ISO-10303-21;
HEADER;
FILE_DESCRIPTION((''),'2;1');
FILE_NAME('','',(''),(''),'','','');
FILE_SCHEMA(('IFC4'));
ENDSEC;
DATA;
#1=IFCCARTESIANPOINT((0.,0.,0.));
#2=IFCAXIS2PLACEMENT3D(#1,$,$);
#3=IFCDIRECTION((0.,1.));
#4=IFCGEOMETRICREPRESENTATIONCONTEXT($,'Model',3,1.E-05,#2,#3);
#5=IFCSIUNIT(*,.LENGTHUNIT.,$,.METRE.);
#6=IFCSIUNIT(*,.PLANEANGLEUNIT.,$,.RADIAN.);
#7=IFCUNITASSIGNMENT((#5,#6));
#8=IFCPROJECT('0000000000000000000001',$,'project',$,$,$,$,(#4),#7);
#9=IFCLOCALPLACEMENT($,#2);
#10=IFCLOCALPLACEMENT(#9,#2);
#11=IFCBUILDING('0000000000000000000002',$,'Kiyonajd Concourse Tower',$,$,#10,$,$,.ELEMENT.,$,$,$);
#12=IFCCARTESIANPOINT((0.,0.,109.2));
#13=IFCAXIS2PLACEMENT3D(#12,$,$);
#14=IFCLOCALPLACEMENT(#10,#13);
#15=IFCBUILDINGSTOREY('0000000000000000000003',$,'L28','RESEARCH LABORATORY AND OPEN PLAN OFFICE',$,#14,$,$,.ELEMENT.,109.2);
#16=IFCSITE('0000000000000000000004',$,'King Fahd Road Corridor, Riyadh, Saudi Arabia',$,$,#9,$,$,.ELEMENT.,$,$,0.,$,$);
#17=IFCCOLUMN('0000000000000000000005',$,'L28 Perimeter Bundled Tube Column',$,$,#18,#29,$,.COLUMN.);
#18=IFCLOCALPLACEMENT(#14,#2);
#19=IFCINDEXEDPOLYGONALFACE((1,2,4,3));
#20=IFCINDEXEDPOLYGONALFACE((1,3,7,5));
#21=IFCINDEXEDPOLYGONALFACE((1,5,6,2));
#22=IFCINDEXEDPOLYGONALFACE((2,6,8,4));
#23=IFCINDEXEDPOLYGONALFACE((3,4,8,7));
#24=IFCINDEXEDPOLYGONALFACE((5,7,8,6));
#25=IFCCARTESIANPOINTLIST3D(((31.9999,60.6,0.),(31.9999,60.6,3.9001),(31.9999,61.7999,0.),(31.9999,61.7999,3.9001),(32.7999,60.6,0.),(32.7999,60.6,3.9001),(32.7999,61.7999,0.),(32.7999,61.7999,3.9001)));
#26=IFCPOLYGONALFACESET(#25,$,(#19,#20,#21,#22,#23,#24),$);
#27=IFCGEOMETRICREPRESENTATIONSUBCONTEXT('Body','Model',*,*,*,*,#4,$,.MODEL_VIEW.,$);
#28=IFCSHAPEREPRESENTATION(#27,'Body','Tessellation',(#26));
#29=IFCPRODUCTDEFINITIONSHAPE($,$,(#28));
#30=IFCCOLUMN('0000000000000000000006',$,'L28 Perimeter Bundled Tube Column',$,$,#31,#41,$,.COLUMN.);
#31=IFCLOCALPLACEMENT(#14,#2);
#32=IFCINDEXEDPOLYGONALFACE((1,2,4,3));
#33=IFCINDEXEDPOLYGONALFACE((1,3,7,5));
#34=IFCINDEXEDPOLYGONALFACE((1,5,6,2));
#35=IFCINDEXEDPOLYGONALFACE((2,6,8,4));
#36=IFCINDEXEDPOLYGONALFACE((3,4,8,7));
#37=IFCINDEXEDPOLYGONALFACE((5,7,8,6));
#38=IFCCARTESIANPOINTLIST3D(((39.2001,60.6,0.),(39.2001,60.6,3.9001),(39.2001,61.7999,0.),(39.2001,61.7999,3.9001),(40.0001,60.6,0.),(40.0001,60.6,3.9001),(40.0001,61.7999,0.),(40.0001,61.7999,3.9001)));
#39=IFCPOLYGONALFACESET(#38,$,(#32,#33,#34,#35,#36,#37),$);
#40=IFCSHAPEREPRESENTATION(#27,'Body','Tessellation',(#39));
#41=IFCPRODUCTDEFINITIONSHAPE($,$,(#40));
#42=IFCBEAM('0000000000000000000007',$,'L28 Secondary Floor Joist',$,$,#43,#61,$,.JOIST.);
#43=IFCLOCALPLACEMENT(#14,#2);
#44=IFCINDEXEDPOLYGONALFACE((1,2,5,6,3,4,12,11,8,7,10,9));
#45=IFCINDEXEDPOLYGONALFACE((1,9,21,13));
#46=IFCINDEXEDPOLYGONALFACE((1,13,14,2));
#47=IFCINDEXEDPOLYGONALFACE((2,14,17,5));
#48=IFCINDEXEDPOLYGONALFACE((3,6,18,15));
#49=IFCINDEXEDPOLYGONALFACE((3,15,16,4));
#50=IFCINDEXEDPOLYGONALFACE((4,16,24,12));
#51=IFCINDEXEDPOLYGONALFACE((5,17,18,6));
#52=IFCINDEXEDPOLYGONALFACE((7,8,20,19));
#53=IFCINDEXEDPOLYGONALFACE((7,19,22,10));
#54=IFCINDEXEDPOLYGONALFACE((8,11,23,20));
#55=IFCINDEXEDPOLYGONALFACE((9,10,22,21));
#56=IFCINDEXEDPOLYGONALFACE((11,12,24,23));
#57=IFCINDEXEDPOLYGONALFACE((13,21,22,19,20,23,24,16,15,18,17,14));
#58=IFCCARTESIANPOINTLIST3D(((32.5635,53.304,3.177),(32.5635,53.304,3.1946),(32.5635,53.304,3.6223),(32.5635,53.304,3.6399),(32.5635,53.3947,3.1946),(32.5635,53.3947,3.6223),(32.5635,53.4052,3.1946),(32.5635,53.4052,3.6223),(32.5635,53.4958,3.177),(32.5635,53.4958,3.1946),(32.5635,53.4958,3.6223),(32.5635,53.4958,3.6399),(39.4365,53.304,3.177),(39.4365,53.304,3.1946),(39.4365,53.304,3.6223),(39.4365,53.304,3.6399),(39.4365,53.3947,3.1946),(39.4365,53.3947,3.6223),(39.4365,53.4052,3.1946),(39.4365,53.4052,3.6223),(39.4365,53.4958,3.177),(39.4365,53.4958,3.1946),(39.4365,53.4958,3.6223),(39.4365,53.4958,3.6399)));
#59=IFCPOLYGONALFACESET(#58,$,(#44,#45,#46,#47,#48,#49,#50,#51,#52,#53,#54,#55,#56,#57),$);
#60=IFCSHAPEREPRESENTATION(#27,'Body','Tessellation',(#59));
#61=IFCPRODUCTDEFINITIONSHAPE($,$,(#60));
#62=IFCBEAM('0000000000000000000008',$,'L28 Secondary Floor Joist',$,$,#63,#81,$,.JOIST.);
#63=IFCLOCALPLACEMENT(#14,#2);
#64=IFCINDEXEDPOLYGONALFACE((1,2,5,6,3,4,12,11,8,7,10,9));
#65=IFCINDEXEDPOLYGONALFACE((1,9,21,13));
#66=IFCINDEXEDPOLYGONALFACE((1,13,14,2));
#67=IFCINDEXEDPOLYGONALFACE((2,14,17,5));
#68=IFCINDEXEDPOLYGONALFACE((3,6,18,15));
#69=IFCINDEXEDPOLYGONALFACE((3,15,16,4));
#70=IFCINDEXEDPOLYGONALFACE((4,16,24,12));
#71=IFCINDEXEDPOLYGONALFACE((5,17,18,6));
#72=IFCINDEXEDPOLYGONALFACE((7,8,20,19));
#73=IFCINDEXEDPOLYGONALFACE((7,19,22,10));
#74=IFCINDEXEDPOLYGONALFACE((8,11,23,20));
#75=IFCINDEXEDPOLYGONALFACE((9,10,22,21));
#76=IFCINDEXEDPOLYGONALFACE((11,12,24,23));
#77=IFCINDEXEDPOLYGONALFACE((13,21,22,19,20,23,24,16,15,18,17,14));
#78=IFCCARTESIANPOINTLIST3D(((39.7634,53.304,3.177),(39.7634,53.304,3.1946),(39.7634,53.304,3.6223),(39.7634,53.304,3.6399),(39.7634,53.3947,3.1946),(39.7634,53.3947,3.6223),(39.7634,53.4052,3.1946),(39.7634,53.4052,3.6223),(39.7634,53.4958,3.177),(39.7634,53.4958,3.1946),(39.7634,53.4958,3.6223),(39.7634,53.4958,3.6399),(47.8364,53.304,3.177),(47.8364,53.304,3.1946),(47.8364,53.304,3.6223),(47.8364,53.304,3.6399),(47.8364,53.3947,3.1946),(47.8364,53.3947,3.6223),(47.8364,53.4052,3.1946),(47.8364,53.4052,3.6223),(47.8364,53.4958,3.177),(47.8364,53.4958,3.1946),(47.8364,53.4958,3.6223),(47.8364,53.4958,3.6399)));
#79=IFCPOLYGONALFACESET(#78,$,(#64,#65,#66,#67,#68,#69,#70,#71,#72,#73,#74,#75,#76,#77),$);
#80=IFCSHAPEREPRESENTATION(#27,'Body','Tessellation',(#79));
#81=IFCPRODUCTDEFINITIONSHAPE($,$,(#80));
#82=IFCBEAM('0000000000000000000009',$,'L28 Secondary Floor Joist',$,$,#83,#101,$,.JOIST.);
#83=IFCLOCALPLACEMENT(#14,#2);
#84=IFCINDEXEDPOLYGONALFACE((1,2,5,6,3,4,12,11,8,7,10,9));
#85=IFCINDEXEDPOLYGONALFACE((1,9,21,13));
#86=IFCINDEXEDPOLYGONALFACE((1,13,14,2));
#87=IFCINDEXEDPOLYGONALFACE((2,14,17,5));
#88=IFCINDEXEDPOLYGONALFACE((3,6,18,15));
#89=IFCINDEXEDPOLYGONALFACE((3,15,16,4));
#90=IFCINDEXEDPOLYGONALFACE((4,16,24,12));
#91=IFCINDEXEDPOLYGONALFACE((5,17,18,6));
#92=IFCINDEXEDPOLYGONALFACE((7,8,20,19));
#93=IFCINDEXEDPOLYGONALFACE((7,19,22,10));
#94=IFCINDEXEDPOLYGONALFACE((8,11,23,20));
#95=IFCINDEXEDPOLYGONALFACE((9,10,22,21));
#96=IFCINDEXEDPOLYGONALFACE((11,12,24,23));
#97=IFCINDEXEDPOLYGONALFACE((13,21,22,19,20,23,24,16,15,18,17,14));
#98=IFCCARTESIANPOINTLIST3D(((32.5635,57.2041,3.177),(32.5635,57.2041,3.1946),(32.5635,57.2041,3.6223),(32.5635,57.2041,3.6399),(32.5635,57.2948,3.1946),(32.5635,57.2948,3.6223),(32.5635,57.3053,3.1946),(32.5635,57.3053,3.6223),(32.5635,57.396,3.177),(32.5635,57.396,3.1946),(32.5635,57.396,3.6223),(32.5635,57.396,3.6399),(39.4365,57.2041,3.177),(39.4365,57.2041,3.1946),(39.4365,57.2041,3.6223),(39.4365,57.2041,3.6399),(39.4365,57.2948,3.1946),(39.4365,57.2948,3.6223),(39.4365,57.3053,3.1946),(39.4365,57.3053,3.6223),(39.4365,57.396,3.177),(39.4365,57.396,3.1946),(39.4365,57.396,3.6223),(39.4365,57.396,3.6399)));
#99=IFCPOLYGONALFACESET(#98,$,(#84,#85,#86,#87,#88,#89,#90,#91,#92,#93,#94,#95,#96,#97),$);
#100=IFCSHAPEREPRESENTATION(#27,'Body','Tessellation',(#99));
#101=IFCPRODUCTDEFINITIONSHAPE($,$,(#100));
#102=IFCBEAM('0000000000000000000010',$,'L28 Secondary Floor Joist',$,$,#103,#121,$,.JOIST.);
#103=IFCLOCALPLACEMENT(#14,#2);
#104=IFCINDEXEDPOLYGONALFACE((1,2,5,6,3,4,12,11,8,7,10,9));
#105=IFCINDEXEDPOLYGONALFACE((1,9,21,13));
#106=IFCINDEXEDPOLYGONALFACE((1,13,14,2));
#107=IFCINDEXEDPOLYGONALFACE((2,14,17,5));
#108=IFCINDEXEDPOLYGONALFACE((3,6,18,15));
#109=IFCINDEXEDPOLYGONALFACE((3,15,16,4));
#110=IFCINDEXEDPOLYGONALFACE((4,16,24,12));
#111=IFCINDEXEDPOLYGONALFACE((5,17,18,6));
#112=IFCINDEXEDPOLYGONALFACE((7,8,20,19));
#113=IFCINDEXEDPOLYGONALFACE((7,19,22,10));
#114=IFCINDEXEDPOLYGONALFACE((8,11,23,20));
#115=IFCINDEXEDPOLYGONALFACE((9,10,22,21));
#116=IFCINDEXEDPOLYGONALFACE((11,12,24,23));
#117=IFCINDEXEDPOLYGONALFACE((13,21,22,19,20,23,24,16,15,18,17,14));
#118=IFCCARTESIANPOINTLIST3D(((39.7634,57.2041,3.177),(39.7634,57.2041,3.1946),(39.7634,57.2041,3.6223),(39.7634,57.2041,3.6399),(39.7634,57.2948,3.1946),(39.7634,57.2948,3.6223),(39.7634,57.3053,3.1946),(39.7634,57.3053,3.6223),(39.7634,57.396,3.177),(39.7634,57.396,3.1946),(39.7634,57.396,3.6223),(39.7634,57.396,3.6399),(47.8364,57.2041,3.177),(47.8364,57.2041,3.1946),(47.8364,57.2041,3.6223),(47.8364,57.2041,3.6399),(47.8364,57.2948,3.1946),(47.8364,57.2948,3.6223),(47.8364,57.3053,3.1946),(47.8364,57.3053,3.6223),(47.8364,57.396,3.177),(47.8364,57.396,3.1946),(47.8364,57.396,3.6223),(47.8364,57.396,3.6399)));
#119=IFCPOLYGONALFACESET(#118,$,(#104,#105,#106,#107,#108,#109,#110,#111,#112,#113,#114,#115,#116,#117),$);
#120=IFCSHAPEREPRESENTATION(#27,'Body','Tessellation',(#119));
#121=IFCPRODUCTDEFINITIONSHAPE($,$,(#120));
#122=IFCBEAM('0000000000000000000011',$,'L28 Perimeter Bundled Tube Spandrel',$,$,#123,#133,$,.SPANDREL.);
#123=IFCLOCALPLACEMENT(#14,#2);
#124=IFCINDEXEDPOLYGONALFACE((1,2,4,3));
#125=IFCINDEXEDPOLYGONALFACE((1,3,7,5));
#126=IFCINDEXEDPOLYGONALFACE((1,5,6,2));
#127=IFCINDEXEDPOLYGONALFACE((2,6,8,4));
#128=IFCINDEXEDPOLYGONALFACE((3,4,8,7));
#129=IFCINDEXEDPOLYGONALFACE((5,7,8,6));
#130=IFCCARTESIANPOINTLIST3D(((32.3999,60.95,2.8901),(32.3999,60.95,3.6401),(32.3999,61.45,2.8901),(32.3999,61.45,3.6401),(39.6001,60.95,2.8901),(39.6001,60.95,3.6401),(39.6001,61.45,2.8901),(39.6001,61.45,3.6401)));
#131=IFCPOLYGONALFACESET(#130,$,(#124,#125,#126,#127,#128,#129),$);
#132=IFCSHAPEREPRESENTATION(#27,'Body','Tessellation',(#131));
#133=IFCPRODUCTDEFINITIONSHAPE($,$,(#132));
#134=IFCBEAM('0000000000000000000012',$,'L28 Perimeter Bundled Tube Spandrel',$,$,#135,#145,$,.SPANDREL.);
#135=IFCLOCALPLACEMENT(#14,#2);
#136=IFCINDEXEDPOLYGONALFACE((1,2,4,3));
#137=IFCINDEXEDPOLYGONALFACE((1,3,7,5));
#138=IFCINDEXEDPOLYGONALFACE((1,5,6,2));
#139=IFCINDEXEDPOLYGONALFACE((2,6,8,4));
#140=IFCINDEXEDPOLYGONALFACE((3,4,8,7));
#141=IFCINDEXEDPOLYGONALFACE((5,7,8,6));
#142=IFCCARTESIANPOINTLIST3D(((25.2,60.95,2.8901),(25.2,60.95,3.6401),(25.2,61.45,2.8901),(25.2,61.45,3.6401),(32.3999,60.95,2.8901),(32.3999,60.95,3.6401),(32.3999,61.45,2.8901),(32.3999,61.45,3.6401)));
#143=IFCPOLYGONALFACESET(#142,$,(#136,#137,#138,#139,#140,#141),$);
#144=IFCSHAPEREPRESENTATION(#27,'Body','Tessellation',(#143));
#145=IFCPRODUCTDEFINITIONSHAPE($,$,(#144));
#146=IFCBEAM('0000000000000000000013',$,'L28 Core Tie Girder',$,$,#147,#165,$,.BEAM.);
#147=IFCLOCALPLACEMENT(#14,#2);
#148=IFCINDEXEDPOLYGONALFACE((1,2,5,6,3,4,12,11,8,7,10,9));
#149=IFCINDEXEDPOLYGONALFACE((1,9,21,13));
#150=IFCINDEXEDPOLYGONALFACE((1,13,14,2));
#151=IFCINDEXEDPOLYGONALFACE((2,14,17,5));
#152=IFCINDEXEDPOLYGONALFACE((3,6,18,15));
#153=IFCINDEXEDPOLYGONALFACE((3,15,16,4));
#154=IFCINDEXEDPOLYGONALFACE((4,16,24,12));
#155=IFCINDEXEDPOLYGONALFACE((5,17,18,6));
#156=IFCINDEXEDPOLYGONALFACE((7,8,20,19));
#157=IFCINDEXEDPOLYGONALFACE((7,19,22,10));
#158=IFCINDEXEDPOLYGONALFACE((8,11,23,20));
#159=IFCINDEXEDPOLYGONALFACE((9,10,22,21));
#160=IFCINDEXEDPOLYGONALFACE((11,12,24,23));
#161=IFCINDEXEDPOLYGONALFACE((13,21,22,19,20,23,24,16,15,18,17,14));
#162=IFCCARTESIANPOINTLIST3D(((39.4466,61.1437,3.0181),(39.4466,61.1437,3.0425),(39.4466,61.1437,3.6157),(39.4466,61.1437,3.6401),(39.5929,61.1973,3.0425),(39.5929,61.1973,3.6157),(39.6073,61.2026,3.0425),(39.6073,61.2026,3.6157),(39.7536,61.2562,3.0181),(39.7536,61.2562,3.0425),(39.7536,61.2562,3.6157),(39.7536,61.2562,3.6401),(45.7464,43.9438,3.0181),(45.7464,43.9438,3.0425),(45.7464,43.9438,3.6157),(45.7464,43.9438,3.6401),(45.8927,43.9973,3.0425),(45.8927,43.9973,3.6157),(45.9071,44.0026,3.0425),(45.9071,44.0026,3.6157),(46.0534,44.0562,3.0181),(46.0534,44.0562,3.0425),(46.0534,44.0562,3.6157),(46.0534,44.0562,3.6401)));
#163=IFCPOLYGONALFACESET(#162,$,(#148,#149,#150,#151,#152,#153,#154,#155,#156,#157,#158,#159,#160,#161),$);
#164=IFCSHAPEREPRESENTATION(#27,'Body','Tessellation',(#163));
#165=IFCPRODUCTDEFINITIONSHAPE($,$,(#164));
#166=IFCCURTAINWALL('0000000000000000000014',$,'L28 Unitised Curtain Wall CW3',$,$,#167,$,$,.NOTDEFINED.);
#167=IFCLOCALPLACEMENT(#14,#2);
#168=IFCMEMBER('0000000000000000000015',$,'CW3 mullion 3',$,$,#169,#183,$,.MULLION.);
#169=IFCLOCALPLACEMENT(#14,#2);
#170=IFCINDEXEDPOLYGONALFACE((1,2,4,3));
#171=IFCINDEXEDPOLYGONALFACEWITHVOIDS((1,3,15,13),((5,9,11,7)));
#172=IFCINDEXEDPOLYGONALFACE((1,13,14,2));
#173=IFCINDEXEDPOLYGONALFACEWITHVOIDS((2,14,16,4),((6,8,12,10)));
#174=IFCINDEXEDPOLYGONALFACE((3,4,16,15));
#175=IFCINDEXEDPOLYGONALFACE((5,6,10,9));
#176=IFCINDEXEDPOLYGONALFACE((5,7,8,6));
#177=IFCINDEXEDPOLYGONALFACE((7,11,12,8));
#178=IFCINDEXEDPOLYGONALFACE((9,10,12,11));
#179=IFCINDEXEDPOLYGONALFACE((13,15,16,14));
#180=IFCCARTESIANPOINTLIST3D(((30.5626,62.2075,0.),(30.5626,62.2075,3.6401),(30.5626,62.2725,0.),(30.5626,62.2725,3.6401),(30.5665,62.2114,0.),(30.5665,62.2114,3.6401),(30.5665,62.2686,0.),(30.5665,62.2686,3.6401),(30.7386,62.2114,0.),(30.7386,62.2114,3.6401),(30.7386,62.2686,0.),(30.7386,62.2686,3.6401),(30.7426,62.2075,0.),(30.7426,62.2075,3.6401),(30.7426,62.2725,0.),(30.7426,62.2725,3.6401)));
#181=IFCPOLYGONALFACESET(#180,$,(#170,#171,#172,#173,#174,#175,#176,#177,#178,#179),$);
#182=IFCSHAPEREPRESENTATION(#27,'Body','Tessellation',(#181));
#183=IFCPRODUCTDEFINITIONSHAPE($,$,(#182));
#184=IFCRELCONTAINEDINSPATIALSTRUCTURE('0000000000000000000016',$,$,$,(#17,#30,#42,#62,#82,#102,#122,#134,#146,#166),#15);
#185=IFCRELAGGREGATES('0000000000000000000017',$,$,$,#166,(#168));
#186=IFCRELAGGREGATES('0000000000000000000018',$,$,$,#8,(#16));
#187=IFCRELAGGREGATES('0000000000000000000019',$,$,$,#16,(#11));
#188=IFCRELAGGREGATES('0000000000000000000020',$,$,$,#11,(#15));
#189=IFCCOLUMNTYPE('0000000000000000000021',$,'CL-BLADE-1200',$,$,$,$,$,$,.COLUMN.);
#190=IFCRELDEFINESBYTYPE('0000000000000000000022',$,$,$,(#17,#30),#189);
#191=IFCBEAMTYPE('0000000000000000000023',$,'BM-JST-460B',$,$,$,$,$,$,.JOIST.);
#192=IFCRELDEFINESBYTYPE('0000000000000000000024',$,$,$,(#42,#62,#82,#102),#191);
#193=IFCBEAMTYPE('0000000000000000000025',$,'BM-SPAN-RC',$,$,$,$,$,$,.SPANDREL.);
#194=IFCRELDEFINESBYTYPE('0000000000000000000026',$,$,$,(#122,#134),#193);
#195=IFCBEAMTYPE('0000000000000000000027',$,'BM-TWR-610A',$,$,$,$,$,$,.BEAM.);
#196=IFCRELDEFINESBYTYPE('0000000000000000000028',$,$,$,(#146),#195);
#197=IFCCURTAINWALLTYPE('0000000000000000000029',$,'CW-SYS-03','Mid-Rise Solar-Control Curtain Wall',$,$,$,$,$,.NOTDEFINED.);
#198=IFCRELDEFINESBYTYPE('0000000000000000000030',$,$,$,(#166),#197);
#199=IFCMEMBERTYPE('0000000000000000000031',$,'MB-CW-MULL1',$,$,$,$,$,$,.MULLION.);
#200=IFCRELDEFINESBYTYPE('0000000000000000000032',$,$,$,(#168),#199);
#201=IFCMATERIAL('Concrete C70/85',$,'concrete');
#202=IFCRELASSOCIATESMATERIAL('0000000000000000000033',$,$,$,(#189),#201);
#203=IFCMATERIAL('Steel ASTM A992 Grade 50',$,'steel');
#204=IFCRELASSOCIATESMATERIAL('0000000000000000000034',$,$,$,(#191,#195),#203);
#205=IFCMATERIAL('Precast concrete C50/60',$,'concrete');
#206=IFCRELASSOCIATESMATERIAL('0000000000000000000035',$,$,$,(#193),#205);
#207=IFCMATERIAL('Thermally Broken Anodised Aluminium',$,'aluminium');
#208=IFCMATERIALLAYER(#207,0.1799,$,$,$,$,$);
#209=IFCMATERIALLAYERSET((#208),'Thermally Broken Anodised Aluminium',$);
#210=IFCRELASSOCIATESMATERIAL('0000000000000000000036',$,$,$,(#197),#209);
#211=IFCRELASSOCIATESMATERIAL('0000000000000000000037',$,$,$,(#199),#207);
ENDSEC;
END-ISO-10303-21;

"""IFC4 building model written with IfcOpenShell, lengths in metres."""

from ifc_helpers import new_model, si_unit, direction, frame, origin, origin_2d, place, context, subcontext, project, spatial, rectangle, hollow_rectangle, i_section, extrude, material, layer, layer_set, material_profile, profile_set, type_object, element, aggregate, save


model = new_model("IFC4")

# Units and contexts
model_context = context("Model", 3, precision=1e-05, world=origin(), true_north=direction((0.0, 1.0)))
body_context = subcontext(model_context, "Body", "Model", "MODEL_VIEW")
ifc_project = project(units=[si_unit("LENGTHUNIT", "METRE"), si_unit("PLANEANGLEUNIT", "RADIAN")], contexts=[model_context])

# Site, building, storey
site_placement = place(None, origin())
site = spatial("IfcSite", under=ifc_project, at=site_placement, Name="King Fahd Road Corridor, Riyadh, Saudi Arabia", CompositionType="ELEMENT", RefElevation=0.0)
building_placement = place(site_placement, origin())
building = spatial("IfcBuilding", under=site, at=building_placement, Name="Kiyonajd Concourse Tower", CompositionType="ELEMENT")
storey_placement = place(building_placement, frame((0.0, 0.0, 109.2)))
storey = spatial("IfcBuildingStorey", under=building, at=storey_placement, Name="L28", Description="RESEARCH LABORATORY AND OPEN PLAN OFFICE", CompositionType="ELEMENT", Elevation=109.2)

# Columns
ifc_material_1 = material(Name="Concrete C70/85", Category="concrete")
ifc_material_profile_1 = material_profile(ifc_material_1, rectangle(XDim=0.8, YDim=1.2, at=origin_2d()), Name="RC-1200x800")
ifc_profile_set_1 = profile_set([ifc_material_profile_1], Name="Concrete C70/85")
column_type = type_object("IfcColumnType", Name="CL-BLADE-1200", PredefinedType="COLUMN", material=ifc_profile_set_1)
for number, where, z_axis, x_axis, name in (
    (1, (32.3999, 61.2, 0.0), (0.0, 0.0, 1.0), (1.0, 0.0, 0.0), "L28 Perimeter Bundled Tube Column"),
    (2, (39.6001, 61.2, 0.0), (0.0, 0.0, 1.0), (1.0, 0.0, 0.0), "L28 Perimeter Bundled Tube Column"),
):
    element("IfcColumn", number, at=place(storey_placement, frame(where, z_axis=z_axis, x_axis=x_axis)), inside=storey, type_object=column_type, Name=name, PredefinedType="COLUMN", context=body_context, shape_type="SweptSolid", body=[
        extrude(rectangle(XDim=0.8, YDim=1.2, at=origin_2d()), origin(), (0.0, 0.0, 1.0), 3.9001),
    ])

# Beams
ifc_material_2 = material(Name="Steel ASTM A992 Grade 50", Category="steel")
ifc_material_profile_2 = material_profile(ifc_material_2, i_section(OverallWidth=0.1919, OverallDepth=0.4629, WebThickness=0.0105, FlangeThickness=0.0176, at=origin_2d()), Name="W460X89")
ifc_profile_set_2 = profile_set([ifc_material_profile_2], Name="Steel ASTM A992 Grade 50")
beam_type_1 = type_object("IfcBeamType", Name="BM-JST-460B", PredefinedType="JOIST", material=ifc_profile_set_2)
beam_1_placement = place(storey_placement, frame((32.5635, 53.3999, 3.4084), z_axis=(1.0, 0.0, 0.0), x_axis=(0.0, 1.0, 0.0)))
element("IfcBeam", 3, at=beam_1_placement, inside=storey, type_object=beam_type_1, Name="L28 Secondary Floor Joist", PredefinedType="JOIST", context=body_context, shape_type="SweptSolid", body=[
    extrude(i_section(OverallWidth=0.1919, OverallDepth=0.4629, WebThickness=0.0105, FlangeThickness=0.0176, at=origin_2d()), origin(), (0.0, 0.0, 1.0), 6.873),
])
beam_2_placement = place(storey_placement, frame((39.7634, 53.3999, 3.4084), z_axis=(1.0, 0.0, 0.0), x_axis=(0.0, 1.0, 0.0)))
element("IfcBeam", 4, at=beam_2_placement, inside=storey, type_object=beam_type_1, Name="L28 Secondary Floor Joist", PredefinedType="JOIST", context=body_context, shape_type="SweptSolid", body=[
    extrude(i_section(OverallWidth=0.1919, OverallDepth=0.4629, WebThickness=0.0105, FlangeThickness=0.0176, at=origin_2d()), origin(), (0.0, 0.0, 1.0), 8.073),
])
beam_3_placement = place(storey_placement, frame((32.5635, 57.3, 3.4084), z_axis=(1.0, 0.0, 0.0), x_axis=(0.0, 1.0, 0.0)))
element("IfcBeam", 5, at=beam_3_placement, inside=storey, type_object=beam_type_1, Name="L28 Secondary Floor Joist", PredefinedType="JOIST", context=body_context, shape_type="SweptSolid", body=[
    extrude(i_section(OverallWidth=0.1919, OverallDepth=0.4629, WebThickness=0.0105, FlangeThickness=0.0176, at=origin_2d()), origin(), (0.0, 0.0, 1.0), 6.873),
])
beam_4_placement = place(storey_placement, frame((39.7634, 57.3, 3.4084), z_axis=(1.0, 0.0, 0.0), x_axis=(0.0, 1.0, 0.0)))
element("IfcBeam", 6, at=beam_4_placement, inside=storey, type_object=beam_type_1, Name="L28 Secondary Floor Joist", PredefinedType="JOIST", context=body_context, shape_type="SweptSolid", body=[
    extrude(i_section(OverallWidth=0.1919, OverallDepth=0.4629, WebThickness=0.0105, FlangeThickness=0.0176, at=origin_2d()), origin(), (0.0, 0.0, 1.0), 8.073),
])
ifc_material_3 = material(Name="Precast concrete C50/60", Category="concrete")
ifc_material_profile_3 = material_profile(ifc_material_3, rectangle(XDim=0.5, YDim=0.75, at=origin_2d()), Name="RCBM-500x750")
ifc_profile_set_3 = profile_set([ifc_material_profile_3], Name="Precast concrete C50/60")
beam_type_2 = type_object("IfcBeamType", Name="BM-SPAN-RC", PredefinedType="SPANDREL", material=ifc_profile_set_3)
beam_5_placement = place(storey_placement, frame((39.6001, 61.2, 3.2651), z_axis=(-1.0, 0.0, 0.0), x_axis=(0.0, -1.0, 0.0)))
element("IfcBeam", 7, at=beam_5_placement, inside=storey, type_object=beam_type_2, Name="L28 Perimeter Bundled Tube Spandrel", PredefinedType="SPANDREL", context=body_context, shape_type="SweptSolid", body=[
    extrude(rectangle(XDim=0.5, YDim=0.75, at=origin_2d()), origin(), (0.0, 0.0, 1.0), 7.2002),
])
beam_6_placement = place(storey_placement, frame((32.3999, 61.2, 3.2651), z_axis=(-1.0, 0.0, 0.0), x_axis=(0.0, -1.0, 0.0)))
element("IfcBeam", 8, at=beam_6_placement, inside=storey, type_object=beam_type_2, Name="L28 Perimeter Bundled Tube Spandrel", PredefinedType="SPANDREL", context=body_context, shape_type="SweptSolid", body=[
    extrude(rectangle(XDim=0.5, YDim=0.75, at=origin_2d()), origin(), (0.0, 0.0, 1.0), 7.2),
])
ifc_material_profile_4 = material_profile(ifc_material_2, i_section(OverallWidth=0.3269, OverallDepth=0.6221, WebThickness=0.0154, FlangeThickness=0.0244, at=origin_2d()), Name="W610X195")
ifc_profile_set_4 = profile_set([ifc_material_profile_4], Name="Steel ASTM A992 Grade 50")
beam_type_3 = type_object("IfcBeamType", Name="BM-TWR-610A", PredefinedType="BEAM", material=ifc_profile_set_4)
beam_7_placement = place(storey_placement, frame((39.6001, 61.2, 3.3291), z_axis=(0.343925, -0.938997, 0.0), x_axis=(0.938997, 0.343925, 0.0)))
element("IfcBeam", 9, at=beam_7_placement, inside=storey, type_object=beam_type_3, Name="L28 Core Tie Girder", PredefinedType="BEAM", context=body_context, shape_type="SweptSolid", body=[
    extrude(i_section(OverallWidth=0.3269, OverallDepth=0.6221, WebThickness=0.0154, FlangeThickness=0.0244, at=origin_2d()), origin(), (0.0, 0.0, 1.0), 18.3174),
])

# Curtain wall, member
ifc_material_4 = material(Name="Thermally Broken Anodised Aluminium", Category="aluminium")
ifc_layer_1 = layer(ifc_material_4, 0.1799)
ifc_layer_set_1 = layer_set([ifc_layer_1], Name="Thermally Broken Anodised Aluminium")
curtain_wall_type = type_object("IfcCurtainWallType", Name="CW-SYS-03", Description="Mid-Rise Solar-Control Curtain Wall", PredefinedType="NOTDEFINED", material=ifc_layer_set_1)
curtain_wall_placement = place(storey_placement, origin())
curtain_wall = element("IfcCurtainWall", 10, at=curtain_wall_placement, inside=storey, type_object=curtain_wall_type, Name="L28 Unitised Curtain Wall CW3", PredefinedType="NOTDEFINED")
ifc_material_profile_5 = material_profile(ifc_material_4, hollow_rectangle(XDim=0.0649, YDim=0.1799, WallThickness=0.0039, at=origin_2d()), Name="MULL-65x180")
ifc_profile_set_5 = profile_set([ifc_material_profile_5], Name="Thermally Broken Anodised Aluminium")
member_type_1 = type_object("IfcMemberType", Name="MB-CW-MULL1", PredefinedType="MULLION", material=ifc_profile_set_5)
member_1_placement = place(storey_placement, frame((30.6526, 62.24, 0.0), z_axis=(0.0, 0.0, 1.0), x_axis=(0.0, 1.0, 0.0)))
member_1 = element("IfcMember", 11, at=member_1_placement, type_object=member_type_1, Name="CW3 mullion 3", PredefinedType="MULLION", context=body_context, shape_type="SweptSolid", body=[
    extrude(hollow_rectangle(XDim=0.0649, YDim=0.1799, WallThickness=0.0039, at=origin_2d()), origin(), (0.0, 0.0, 1.0), 3.6401),
])
aggregate(curtain_wall, [member_1])

save(model, "model.ifc")
